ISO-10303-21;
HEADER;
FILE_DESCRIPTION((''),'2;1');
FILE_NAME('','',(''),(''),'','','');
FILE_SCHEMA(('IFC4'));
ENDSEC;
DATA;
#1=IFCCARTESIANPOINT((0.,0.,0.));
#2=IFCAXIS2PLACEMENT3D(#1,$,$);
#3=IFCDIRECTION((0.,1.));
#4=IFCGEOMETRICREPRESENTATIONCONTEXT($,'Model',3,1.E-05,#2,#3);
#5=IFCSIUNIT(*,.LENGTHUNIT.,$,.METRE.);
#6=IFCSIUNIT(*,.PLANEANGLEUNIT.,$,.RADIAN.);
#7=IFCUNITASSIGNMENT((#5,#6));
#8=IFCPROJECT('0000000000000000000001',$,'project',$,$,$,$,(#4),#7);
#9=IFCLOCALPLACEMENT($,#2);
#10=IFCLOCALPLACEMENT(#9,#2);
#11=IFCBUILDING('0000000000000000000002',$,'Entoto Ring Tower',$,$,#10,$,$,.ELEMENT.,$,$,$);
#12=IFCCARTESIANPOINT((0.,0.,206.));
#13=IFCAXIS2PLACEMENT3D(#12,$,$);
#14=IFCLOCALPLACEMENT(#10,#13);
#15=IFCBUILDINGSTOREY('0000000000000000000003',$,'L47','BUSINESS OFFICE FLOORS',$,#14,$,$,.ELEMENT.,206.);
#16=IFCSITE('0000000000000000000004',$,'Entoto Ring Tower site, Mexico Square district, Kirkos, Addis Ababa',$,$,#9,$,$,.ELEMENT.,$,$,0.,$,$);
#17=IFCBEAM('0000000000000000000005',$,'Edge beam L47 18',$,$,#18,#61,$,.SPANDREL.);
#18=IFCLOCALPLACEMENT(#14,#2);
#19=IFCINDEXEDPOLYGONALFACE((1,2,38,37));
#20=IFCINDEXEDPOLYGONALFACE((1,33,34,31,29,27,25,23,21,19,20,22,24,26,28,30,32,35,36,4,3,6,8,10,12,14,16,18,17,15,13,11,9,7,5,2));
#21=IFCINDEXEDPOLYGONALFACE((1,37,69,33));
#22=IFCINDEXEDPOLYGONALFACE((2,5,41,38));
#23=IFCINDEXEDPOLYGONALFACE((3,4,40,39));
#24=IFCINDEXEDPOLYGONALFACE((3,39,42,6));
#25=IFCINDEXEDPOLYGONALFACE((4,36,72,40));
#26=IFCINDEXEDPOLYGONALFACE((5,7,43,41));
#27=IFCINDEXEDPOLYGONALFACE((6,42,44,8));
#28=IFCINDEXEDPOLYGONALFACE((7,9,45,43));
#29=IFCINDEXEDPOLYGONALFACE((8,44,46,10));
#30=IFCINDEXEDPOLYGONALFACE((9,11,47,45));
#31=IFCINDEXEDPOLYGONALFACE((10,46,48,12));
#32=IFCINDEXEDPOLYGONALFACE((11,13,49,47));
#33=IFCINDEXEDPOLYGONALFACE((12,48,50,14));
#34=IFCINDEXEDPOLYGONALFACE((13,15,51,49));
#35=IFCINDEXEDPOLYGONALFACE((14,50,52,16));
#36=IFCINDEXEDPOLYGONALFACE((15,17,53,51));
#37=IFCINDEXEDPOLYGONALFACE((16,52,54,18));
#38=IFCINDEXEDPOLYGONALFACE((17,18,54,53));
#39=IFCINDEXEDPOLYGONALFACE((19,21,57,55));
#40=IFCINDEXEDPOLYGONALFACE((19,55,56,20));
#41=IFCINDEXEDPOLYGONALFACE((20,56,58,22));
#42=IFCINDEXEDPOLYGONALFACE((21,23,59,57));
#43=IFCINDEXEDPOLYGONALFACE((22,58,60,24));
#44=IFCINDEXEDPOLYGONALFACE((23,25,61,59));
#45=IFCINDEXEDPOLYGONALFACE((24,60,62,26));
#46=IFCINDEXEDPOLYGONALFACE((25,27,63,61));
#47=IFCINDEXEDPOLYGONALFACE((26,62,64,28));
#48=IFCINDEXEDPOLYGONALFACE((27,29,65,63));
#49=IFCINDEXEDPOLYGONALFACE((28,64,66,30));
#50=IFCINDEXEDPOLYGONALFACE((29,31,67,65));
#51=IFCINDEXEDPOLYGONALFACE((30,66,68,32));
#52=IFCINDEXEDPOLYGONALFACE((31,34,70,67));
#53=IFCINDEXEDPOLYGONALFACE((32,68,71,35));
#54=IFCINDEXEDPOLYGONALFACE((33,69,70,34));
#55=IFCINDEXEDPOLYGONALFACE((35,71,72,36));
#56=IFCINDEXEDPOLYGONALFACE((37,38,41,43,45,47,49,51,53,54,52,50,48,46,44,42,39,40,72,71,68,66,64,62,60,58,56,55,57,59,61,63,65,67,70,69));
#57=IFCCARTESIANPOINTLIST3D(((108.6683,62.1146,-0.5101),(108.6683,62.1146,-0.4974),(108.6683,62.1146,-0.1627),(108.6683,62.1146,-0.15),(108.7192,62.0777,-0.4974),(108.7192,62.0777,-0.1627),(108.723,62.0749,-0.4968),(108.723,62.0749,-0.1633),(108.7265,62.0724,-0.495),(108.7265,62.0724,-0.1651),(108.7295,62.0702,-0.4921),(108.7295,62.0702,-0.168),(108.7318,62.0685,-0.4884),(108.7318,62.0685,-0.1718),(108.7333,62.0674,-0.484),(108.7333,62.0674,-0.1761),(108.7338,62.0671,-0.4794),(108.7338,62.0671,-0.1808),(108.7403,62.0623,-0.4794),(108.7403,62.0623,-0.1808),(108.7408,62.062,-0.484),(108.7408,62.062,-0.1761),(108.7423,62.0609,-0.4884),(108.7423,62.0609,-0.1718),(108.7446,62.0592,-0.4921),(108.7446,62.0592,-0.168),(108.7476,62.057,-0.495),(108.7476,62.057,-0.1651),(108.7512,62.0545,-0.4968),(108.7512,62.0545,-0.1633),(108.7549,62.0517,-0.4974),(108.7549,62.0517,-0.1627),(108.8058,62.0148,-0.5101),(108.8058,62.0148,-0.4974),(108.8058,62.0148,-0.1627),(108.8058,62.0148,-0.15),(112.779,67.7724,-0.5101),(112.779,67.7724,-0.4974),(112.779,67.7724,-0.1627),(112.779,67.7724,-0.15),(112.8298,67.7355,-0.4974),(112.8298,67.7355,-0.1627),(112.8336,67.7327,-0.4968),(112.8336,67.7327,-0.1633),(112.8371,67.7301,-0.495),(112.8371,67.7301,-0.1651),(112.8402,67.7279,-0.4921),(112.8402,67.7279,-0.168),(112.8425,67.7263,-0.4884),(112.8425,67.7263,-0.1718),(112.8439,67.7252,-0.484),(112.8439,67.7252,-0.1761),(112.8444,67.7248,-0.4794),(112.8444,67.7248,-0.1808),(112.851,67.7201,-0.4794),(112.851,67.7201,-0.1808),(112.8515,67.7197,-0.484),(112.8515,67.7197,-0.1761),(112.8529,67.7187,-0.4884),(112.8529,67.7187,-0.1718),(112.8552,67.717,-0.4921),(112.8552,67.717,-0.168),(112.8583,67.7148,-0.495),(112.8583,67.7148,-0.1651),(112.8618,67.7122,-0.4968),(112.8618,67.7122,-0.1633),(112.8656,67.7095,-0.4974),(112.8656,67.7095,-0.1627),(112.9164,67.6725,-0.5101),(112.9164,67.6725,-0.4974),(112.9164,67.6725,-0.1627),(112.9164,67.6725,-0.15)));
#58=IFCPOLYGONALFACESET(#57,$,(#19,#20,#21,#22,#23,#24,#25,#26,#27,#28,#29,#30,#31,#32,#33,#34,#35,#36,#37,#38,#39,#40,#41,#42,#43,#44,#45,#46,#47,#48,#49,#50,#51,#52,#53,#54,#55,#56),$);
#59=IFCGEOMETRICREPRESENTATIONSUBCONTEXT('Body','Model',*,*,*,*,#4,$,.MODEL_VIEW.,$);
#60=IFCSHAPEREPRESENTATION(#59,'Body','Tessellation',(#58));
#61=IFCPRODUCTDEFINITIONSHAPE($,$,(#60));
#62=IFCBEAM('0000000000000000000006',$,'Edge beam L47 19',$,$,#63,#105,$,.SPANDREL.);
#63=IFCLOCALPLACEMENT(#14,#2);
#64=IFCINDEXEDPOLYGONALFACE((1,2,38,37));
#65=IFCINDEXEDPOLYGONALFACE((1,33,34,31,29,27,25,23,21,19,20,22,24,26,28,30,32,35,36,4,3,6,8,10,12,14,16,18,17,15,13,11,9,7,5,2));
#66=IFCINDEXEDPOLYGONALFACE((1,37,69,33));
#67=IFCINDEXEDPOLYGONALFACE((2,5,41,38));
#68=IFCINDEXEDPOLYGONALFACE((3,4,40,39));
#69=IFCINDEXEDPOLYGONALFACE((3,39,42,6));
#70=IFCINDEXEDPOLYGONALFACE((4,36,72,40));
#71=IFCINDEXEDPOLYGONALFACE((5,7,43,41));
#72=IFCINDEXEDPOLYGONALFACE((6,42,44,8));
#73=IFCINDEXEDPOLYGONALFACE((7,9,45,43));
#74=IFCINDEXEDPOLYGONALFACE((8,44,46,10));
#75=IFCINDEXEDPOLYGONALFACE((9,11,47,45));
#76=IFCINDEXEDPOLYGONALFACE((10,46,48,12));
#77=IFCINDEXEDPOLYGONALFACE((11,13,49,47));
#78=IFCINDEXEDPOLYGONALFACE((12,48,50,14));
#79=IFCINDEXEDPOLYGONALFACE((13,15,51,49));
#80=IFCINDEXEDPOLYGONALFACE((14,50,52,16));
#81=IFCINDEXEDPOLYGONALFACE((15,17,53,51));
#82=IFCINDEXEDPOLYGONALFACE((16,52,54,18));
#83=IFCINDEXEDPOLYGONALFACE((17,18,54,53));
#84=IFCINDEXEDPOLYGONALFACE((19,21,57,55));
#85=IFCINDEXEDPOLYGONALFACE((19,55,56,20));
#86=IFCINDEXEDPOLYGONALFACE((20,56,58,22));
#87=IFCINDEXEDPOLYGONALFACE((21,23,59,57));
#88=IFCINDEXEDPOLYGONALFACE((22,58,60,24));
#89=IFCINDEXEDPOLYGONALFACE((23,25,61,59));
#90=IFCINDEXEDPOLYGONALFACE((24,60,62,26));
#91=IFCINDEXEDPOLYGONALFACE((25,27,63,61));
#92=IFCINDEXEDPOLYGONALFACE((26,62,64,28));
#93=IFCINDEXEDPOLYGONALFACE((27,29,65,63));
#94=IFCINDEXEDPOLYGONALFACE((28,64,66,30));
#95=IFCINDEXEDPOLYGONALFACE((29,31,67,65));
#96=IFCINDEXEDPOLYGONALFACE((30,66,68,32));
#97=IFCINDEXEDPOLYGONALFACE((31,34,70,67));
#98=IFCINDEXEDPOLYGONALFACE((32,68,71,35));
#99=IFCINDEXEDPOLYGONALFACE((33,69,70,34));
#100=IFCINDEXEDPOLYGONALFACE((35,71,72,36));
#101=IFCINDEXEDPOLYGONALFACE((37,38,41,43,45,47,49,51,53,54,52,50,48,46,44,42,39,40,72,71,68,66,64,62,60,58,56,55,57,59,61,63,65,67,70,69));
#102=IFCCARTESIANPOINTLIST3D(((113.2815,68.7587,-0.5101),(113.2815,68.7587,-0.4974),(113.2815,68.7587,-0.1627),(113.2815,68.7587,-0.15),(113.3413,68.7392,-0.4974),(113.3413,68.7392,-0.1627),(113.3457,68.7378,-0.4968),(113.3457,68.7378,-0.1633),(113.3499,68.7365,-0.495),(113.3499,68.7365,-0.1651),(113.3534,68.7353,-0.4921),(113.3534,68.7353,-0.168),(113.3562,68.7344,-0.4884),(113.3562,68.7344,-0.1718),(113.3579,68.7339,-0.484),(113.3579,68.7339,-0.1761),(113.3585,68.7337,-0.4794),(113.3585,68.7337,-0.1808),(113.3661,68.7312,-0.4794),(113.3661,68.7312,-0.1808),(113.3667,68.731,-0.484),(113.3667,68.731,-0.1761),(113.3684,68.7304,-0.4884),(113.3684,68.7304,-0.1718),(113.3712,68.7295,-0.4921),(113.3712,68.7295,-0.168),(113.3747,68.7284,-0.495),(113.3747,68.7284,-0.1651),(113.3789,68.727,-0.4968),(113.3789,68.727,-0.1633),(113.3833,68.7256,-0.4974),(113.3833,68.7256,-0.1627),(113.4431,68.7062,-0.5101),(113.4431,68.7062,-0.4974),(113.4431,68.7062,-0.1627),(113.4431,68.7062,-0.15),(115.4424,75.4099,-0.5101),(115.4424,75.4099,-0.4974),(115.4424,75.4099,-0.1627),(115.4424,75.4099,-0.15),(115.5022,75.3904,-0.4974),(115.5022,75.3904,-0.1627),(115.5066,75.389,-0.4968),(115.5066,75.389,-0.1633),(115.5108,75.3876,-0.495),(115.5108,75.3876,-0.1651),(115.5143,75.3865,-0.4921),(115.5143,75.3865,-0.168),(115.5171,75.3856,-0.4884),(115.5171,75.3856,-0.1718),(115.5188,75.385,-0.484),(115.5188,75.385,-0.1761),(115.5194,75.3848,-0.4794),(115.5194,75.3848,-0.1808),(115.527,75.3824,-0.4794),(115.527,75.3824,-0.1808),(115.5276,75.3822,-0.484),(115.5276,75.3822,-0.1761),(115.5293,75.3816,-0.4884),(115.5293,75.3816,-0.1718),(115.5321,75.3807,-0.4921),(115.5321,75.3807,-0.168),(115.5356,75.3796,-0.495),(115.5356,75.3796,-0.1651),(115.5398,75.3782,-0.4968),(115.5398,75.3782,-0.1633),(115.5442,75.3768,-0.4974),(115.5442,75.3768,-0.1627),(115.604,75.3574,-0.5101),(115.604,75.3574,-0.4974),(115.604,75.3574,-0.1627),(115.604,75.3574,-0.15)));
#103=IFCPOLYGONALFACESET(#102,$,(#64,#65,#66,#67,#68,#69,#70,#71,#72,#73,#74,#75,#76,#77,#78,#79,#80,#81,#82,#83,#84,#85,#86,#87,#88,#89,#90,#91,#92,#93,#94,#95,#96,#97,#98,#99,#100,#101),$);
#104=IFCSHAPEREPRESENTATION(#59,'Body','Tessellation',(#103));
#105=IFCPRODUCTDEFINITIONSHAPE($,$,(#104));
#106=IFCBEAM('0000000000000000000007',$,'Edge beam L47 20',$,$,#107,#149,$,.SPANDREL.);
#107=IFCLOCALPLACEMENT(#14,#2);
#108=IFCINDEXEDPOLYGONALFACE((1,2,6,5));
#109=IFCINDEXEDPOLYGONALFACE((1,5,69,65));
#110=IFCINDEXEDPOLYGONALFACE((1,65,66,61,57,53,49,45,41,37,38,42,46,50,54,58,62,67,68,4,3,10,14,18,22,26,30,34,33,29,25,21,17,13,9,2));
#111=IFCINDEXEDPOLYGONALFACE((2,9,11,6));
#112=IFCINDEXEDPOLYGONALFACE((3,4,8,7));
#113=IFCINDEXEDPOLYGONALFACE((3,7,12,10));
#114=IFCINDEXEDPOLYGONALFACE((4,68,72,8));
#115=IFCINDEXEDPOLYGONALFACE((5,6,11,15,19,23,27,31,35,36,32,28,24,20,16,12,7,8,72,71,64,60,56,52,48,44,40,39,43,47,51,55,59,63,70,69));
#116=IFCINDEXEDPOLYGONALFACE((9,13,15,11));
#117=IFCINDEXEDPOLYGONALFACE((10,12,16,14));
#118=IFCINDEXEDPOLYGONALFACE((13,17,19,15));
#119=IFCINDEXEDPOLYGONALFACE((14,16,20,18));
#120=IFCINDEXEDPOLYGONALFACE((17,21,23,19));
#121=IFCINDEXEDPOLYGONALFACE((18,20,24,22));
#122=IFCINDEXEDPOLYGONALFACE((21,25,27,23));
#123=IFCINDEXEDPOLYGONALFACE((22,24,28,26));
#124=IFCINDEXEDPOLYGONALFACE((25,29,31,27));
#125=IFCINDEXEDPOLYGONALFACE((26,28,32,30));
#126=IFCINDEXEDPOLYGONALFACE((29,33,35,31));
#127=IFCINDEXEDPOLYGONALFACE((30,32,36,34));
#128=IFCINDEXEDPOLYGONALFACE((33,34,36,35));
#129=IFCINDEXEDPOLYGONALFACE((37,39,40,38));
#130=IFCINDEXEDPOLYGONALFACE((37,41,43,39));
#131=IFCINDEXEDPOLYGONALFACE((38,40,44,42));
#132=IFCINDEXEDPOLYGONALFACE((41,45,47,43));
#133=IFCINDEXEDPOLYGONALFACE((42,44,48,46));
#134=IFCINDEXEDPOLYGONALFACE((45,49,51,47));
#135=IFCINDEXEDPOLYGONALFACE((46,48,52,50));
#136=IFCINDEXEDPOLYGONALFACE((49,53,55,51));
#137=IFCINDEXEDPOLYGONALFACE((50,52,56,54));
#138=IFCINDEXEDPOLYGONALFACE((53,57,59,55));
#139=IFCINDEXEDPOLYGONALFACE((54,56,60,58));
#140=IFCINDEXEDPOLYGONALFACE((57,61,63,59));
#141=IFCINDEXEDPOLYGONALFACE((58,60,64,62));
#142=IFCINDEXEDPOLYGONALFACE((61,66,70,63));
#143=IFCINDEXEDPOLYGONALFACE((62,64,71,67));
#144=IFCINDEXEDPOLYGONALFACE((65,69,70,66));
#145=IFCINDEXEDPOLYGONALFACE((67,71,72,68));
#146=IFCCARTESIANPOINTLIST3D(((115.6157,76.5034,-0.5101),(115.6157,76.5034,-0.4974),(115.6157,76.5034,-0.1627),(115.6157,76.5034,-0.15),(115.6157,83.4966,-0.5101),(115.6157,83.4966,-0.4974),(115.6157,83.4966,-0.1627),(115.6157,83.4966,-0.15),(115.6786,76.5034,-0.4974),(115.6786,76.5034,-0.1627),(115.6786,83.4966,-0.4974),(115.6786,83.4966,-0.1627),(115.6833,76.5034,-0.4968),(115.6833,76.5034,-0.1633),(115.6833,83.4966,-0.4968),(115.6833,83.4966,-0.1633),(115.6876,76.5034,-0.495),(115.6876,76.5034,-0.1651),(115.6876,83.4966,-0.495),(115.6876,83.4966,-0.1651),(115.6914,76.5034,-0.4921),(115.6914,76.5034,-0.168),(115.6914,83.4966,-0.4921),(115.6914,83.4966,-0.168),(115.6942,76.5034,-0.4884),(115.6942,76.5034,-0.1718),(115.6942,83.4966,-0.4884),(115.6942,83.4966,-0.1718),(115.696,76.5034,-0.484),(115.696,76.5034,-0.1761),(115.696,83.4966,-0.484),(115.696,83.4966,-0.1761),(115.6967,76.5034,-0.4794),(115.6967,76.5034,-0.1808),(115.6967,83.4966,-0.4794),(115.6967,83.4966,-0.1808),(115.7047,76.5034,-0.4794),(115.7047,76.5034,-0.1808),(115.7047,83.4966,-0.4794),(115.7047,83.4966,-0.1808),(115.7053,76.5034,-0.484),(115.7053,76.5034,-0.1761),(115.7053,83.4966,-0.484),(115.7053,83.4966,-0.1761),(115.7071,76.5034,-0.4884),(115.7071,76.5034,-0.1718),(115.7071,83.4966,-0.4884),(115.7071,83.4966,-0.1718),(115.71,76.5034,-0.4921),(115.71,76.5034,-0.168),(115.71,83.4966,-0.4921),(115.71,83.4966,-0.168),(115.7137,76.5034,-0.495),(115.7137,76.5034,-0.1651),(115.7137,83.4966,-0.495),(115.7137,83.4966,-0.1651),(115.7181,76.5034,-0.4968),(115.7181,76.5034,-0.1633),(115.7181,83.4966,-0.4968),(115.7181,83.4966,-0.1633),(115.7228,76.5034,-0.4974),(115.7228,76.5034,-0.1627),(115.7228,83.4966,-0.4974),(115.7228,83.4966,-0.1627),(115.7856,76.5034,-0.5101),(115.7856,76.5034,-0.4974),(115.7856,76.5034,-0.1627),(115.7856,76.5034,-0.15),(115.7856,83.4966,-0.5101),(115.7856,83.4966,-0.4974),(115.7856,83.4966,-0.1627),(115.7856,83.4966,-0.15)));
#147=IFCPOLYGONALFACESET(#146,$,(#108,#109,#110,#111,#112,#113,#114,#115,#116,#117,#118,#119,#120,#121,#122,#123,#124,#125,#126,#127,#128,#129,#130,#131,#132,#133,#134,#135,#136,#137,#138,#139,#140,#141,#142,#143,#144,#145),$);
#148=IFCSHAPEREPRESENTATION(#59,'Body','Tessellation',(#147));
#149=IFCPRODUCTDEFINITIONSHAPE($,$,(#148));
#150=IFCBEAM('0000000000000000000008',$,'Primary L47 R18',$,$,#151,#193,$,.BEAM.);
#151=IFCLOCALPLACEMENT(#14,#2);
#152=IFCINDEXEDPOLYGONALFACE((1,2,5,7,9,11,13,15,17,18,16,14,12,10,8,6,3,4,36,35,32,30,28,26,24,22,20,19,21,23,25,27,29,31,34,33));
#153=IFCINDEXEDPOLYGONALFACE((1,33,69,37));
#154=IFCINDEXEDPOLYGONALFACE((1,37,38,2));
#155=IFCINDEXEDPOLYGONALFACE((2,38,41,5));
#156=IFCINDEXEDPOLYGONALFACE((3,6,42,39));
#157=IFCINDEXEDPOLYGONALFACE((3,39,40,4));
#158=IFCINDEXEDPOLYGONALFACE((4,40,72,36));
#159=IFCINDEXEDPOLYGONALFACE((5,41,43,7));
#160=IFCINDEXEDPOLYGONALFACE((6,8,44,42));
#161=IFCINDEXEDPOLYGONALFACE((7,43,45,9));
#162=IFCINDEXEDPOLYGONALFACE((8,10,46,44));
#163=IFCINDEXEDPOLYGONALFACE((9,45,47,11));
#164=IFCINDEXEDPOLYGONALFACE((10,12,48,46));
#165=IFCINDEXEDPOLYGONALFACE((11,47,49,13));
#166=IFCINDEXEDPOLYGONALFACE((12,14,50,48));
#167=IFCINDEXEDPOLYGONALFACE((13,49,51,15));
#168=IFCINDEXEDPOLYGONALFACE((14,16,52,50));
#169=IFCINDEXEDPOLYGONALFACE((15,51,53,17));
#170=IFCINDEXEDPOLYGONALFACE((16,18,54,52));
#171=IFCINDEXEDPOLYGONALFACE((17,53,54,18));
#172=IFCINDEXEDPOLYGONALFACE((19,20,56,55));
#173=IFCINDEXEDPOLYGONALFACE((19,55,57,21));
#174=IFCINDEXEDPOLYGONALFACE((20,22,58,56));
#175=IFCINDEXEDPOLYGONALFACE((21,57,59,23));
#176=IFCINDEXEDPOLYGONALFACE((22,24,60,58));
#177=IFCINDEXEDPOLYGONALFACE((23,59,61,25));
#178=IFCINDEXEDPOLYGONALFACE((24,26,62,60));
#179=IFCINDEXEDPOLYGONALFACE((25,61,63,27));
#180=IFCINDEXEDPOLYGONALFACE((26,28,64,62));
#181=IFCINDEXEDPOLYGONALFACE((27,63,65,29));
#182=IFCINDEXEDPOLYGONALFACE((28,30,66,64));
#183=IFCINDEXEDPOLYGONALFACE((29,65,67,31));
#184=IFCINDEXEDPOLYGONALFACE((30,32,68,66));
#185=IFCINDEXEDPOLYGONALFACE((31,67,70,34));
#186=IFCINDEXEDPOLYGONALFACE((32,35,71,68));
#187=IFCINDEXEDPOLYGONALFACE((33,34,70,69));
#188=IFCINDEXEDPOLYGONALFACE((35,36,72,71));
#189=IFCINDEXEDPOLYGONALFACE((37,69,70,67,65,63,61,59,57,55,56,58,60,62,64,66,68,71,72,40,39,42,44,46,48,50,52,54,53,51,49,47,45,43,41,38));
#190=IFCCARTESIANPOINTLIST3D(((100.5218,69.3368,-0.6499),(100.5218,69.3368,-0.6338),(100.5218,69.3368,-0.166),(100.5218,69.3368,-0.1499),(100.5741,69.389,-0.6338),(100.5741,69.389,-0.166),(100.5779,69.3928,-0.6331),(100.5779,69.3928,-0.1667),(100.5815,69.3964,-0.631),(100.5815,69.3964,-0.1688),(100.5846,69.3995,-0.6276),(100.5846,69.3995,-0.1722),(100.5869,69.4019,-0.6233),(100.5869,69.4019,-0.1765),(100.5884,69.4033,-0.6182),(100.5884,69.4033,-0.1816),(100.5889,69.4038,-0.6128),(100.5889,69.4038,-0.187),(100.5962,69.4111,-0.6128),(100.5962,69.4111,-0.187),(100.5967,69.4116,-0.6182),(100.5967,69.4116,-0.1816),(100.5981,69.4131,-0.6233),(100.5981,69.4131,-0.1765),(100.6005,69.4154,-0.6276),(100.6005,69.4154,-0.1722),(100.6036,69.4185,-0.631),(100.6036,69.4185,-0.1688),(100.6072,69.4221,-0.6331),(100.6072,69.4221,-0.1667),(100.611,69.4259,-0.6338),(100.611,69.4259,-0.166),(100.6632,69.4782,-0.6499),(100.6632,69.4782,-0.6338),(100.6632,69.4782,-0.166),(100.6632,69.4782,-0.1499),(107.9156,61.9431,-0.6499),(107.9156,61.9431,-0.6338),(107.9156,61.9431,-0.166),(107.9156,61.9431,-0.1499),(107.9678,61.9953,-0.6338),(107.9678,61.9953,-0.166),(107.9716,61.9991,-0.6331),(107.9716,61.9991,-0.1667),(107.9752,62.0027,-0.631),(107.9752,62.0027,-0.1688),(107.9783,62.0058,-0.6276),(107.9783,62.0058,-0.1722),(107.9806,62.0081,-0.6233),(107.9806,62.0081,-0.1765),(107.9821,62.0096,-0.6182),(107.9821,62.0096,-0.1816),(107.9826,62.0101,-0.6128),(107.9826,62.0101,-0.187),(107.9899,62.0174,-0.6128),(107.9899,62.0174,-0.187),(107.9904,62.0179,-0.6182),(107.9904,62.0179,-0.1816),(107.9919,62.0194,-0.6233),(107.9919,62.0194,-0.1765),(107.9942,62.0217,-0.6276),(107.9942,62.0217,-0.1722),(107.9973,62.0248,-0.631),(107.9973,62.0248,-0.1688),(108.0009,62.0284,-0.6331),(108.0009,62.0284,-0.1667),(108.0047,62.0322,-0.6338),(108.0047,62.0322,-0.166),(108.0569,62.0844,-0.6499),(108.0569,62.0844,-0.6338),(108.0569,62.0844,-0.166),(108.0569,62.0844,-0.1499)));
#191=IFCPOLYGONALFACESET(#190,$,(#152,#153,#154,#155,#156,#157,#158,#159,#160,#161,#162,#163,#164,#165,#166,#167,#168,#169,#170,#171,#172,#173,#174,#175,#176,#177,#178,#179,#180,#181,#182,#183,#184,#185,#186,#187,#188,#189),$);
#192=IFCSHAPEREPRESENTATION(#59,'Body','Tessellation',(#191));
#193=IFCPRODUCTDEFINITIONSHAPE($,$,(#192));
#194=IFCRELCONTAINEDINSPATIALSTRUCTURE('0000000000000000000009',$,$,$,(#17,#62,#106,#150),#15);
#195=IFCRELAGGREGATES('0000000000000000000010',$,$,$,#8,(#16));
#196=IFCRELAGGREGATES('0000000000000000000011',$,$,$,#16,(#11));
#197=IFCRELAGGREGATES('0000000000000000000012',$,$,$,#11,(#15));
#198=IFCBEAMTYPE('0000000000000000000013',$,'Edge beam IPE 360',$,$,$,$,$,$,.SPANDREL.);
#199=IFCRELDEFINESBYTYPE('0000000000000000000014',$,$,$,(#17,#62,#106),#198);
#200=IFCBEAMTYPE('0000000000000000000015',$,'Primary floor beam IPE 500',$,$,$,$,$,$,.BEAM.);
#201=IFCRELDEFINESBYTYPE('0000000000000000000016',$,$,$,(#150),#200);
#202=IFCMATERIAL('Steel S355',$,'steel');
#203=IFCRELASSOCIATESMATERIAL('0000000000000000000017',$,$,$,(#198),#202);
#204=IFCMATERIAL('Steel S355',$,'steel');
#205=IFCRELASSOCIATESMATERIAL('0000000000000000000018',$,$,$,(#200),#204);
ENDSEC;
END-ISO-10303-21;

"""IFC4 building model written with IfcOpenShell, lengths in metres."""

from ifc_helpers import new_model, si_unit, direction, frame, origin, origin_2d, place, context, subcontext, project, spatial, i_section, extrude, material, material_profile, profile_set, type_object, element, save


model = new_model("IFC4")

# Units and contexts
model_context = context("Model", 3, precision=1e-05, world=origin(), true_north=direction((0.0, 1.0)))
body_context = subcontext(model_context, "Body", "Model", "MODEL_VIEW")
ifc_project = project(units=[si_unit("LENGTHUNIT", "METRE"), si_unit("PLANEANGLEUNIT", "RADIAN")], contexts=[model_context])

# Site, building, storey
site_placement = place(None, origin())
site = spatial("IfcSite", under=ifc_project, at=site_placement, Name="Entoto Ring Tower site, Mexico Square district, Kirkos, Addis Ababa", CompositionType="ELEMENT", RefElevation=0.0)
building_placement = place(site_placement, origin())
building = spatial("IfcBuilding", under=site, at=building_placement, Name="Entoto Ring Tower", CompositionType="ELEMENT")
storey_placement = place(building_placement, frame((0.0, 0.0, 206.0)))
storey = spatial("IfcBuildingStorey", under=building, at=storey_placement, Name="L47", Description="BUSINESS OFFICE FLOORS", CompositionType="ELEMENT", Elevation=206.0)

# Beams
ifc_material_1 = material(Name="Steel S355", Category="steel")
ifc_material_profile_1 = material_profile(ifc_material_1, i_section(OverallWidth=0.1699, OverallDepth=0.3601, WebThickness=0.0081, FlangeThickness=0.0127, FilletRadius=0.0181, at=origin_2d()), Name="IPE 360")
ifc_profile_set_1 = profile_set([ifc_material_profile_1], Name="Steel S355")
beam_type_1 = type_object("IfcBeamType", Name="Edge beam IPE 360", PredefinedType="SPANDREL", material=ifc_profile_set_1)
for number, where, z_axis, x_axis, name in (
    (1, (108.7371, 62.0647, -0.3301), (0.587788, 0.809015, 0.0), (-0.809015, 0.587788, 0.0), "Edge beam L47 18"),
    (2, (113.3623, 68.7324, -0.3301), (0.308992, 0.951065, 0.0), (-0.951065, 0.308992, 0.0), "Edge beam L47 19"),
):
    element("IfcBeam", number, at=place(storey_placement, frame(where, z_axis=z_axis, x_axis=x_axis)), inside=storey, type_object=beam_type_1, Name=name, PredefinedType="SPANDREL", context=body_context, shape_type="SweptSolid", body=[
        extrude(i_section(OverallWidth=0.1699, OverallDepth=0.3601, WebThickness=0.0081, FlangeThickness=0.0127, FilletRadius=0.0181, at=origin_2d()), origin(), (0.0, 0.0, 1.0), 6.9934),
    ])
beam_1_placement = place(storey_placement, frame((115.7007, 76.5034, -0.3301), z_axis=(0.0, 1.0, 0.0), x_axis=(-1.0, 0.0, 0.0)))
element("IfcBeam", 3, at=beam_1_placement, inside=storey, type_object=beam_type_1, Name="Edge beam L47 20", PredefinedType="SPANDREL", context=body_context, shape_type="SweptSolid", body=[
    extrude(i_section(OverallWidth=0.1699, OverallDepth=0.3601, WebThickness=0.0081, FlangeThickness=0.0127, FilletRadius=0.0181, at=origin_2d()), origin(), (0.0, 0.0, 1.0), 6.9932),
])
ifc_material_2 = material(Name="Steel S355", Category="steel")
ifc_material_profile_2 = material_profile(ifc_material_2, i_section(OverallWidth=0.2, OverallDepth=0.5, WebThickness=0.0103, FlangeThickness=0.0161, FilletRadius=0.021, at=origin_2d()), Name="IPE 500")
ifc_profile_set_2 = profile_set([ifc_material_profile_2], Name="Steel S355")
beam_type_2 = type_object("IfcBeamType", Name="Primary floor beam IPE 500", PredefinedType="BEAM", material=ifc_profile_set_2)
beam_2_placement = place(storey_placement, frame((100.5925, 69.4075, -0.3999), z_axis=(0.707107, -0.707107, 0.0), x_axis=(0.707107, 0.707107, 0.0)))
element("IfcBeam", 4, at=beam_2_placement, inside=storey, type_object=beam_type_2, Name="Primary L47 R18", PredefinedType="BEAM", context=body_context, shape_type="SweptSolid", body=[
    extrude(i_section(OverallWidth=0.2, OverallDepth=0.5, WebThickness=0.0103, FlangeThickness=0.0161, FilletRadius=0.021, at=origin_2d()), origin(), (0.0, 0.0, 1.0), 10.4563),
])

save(model, "model.ifc")
